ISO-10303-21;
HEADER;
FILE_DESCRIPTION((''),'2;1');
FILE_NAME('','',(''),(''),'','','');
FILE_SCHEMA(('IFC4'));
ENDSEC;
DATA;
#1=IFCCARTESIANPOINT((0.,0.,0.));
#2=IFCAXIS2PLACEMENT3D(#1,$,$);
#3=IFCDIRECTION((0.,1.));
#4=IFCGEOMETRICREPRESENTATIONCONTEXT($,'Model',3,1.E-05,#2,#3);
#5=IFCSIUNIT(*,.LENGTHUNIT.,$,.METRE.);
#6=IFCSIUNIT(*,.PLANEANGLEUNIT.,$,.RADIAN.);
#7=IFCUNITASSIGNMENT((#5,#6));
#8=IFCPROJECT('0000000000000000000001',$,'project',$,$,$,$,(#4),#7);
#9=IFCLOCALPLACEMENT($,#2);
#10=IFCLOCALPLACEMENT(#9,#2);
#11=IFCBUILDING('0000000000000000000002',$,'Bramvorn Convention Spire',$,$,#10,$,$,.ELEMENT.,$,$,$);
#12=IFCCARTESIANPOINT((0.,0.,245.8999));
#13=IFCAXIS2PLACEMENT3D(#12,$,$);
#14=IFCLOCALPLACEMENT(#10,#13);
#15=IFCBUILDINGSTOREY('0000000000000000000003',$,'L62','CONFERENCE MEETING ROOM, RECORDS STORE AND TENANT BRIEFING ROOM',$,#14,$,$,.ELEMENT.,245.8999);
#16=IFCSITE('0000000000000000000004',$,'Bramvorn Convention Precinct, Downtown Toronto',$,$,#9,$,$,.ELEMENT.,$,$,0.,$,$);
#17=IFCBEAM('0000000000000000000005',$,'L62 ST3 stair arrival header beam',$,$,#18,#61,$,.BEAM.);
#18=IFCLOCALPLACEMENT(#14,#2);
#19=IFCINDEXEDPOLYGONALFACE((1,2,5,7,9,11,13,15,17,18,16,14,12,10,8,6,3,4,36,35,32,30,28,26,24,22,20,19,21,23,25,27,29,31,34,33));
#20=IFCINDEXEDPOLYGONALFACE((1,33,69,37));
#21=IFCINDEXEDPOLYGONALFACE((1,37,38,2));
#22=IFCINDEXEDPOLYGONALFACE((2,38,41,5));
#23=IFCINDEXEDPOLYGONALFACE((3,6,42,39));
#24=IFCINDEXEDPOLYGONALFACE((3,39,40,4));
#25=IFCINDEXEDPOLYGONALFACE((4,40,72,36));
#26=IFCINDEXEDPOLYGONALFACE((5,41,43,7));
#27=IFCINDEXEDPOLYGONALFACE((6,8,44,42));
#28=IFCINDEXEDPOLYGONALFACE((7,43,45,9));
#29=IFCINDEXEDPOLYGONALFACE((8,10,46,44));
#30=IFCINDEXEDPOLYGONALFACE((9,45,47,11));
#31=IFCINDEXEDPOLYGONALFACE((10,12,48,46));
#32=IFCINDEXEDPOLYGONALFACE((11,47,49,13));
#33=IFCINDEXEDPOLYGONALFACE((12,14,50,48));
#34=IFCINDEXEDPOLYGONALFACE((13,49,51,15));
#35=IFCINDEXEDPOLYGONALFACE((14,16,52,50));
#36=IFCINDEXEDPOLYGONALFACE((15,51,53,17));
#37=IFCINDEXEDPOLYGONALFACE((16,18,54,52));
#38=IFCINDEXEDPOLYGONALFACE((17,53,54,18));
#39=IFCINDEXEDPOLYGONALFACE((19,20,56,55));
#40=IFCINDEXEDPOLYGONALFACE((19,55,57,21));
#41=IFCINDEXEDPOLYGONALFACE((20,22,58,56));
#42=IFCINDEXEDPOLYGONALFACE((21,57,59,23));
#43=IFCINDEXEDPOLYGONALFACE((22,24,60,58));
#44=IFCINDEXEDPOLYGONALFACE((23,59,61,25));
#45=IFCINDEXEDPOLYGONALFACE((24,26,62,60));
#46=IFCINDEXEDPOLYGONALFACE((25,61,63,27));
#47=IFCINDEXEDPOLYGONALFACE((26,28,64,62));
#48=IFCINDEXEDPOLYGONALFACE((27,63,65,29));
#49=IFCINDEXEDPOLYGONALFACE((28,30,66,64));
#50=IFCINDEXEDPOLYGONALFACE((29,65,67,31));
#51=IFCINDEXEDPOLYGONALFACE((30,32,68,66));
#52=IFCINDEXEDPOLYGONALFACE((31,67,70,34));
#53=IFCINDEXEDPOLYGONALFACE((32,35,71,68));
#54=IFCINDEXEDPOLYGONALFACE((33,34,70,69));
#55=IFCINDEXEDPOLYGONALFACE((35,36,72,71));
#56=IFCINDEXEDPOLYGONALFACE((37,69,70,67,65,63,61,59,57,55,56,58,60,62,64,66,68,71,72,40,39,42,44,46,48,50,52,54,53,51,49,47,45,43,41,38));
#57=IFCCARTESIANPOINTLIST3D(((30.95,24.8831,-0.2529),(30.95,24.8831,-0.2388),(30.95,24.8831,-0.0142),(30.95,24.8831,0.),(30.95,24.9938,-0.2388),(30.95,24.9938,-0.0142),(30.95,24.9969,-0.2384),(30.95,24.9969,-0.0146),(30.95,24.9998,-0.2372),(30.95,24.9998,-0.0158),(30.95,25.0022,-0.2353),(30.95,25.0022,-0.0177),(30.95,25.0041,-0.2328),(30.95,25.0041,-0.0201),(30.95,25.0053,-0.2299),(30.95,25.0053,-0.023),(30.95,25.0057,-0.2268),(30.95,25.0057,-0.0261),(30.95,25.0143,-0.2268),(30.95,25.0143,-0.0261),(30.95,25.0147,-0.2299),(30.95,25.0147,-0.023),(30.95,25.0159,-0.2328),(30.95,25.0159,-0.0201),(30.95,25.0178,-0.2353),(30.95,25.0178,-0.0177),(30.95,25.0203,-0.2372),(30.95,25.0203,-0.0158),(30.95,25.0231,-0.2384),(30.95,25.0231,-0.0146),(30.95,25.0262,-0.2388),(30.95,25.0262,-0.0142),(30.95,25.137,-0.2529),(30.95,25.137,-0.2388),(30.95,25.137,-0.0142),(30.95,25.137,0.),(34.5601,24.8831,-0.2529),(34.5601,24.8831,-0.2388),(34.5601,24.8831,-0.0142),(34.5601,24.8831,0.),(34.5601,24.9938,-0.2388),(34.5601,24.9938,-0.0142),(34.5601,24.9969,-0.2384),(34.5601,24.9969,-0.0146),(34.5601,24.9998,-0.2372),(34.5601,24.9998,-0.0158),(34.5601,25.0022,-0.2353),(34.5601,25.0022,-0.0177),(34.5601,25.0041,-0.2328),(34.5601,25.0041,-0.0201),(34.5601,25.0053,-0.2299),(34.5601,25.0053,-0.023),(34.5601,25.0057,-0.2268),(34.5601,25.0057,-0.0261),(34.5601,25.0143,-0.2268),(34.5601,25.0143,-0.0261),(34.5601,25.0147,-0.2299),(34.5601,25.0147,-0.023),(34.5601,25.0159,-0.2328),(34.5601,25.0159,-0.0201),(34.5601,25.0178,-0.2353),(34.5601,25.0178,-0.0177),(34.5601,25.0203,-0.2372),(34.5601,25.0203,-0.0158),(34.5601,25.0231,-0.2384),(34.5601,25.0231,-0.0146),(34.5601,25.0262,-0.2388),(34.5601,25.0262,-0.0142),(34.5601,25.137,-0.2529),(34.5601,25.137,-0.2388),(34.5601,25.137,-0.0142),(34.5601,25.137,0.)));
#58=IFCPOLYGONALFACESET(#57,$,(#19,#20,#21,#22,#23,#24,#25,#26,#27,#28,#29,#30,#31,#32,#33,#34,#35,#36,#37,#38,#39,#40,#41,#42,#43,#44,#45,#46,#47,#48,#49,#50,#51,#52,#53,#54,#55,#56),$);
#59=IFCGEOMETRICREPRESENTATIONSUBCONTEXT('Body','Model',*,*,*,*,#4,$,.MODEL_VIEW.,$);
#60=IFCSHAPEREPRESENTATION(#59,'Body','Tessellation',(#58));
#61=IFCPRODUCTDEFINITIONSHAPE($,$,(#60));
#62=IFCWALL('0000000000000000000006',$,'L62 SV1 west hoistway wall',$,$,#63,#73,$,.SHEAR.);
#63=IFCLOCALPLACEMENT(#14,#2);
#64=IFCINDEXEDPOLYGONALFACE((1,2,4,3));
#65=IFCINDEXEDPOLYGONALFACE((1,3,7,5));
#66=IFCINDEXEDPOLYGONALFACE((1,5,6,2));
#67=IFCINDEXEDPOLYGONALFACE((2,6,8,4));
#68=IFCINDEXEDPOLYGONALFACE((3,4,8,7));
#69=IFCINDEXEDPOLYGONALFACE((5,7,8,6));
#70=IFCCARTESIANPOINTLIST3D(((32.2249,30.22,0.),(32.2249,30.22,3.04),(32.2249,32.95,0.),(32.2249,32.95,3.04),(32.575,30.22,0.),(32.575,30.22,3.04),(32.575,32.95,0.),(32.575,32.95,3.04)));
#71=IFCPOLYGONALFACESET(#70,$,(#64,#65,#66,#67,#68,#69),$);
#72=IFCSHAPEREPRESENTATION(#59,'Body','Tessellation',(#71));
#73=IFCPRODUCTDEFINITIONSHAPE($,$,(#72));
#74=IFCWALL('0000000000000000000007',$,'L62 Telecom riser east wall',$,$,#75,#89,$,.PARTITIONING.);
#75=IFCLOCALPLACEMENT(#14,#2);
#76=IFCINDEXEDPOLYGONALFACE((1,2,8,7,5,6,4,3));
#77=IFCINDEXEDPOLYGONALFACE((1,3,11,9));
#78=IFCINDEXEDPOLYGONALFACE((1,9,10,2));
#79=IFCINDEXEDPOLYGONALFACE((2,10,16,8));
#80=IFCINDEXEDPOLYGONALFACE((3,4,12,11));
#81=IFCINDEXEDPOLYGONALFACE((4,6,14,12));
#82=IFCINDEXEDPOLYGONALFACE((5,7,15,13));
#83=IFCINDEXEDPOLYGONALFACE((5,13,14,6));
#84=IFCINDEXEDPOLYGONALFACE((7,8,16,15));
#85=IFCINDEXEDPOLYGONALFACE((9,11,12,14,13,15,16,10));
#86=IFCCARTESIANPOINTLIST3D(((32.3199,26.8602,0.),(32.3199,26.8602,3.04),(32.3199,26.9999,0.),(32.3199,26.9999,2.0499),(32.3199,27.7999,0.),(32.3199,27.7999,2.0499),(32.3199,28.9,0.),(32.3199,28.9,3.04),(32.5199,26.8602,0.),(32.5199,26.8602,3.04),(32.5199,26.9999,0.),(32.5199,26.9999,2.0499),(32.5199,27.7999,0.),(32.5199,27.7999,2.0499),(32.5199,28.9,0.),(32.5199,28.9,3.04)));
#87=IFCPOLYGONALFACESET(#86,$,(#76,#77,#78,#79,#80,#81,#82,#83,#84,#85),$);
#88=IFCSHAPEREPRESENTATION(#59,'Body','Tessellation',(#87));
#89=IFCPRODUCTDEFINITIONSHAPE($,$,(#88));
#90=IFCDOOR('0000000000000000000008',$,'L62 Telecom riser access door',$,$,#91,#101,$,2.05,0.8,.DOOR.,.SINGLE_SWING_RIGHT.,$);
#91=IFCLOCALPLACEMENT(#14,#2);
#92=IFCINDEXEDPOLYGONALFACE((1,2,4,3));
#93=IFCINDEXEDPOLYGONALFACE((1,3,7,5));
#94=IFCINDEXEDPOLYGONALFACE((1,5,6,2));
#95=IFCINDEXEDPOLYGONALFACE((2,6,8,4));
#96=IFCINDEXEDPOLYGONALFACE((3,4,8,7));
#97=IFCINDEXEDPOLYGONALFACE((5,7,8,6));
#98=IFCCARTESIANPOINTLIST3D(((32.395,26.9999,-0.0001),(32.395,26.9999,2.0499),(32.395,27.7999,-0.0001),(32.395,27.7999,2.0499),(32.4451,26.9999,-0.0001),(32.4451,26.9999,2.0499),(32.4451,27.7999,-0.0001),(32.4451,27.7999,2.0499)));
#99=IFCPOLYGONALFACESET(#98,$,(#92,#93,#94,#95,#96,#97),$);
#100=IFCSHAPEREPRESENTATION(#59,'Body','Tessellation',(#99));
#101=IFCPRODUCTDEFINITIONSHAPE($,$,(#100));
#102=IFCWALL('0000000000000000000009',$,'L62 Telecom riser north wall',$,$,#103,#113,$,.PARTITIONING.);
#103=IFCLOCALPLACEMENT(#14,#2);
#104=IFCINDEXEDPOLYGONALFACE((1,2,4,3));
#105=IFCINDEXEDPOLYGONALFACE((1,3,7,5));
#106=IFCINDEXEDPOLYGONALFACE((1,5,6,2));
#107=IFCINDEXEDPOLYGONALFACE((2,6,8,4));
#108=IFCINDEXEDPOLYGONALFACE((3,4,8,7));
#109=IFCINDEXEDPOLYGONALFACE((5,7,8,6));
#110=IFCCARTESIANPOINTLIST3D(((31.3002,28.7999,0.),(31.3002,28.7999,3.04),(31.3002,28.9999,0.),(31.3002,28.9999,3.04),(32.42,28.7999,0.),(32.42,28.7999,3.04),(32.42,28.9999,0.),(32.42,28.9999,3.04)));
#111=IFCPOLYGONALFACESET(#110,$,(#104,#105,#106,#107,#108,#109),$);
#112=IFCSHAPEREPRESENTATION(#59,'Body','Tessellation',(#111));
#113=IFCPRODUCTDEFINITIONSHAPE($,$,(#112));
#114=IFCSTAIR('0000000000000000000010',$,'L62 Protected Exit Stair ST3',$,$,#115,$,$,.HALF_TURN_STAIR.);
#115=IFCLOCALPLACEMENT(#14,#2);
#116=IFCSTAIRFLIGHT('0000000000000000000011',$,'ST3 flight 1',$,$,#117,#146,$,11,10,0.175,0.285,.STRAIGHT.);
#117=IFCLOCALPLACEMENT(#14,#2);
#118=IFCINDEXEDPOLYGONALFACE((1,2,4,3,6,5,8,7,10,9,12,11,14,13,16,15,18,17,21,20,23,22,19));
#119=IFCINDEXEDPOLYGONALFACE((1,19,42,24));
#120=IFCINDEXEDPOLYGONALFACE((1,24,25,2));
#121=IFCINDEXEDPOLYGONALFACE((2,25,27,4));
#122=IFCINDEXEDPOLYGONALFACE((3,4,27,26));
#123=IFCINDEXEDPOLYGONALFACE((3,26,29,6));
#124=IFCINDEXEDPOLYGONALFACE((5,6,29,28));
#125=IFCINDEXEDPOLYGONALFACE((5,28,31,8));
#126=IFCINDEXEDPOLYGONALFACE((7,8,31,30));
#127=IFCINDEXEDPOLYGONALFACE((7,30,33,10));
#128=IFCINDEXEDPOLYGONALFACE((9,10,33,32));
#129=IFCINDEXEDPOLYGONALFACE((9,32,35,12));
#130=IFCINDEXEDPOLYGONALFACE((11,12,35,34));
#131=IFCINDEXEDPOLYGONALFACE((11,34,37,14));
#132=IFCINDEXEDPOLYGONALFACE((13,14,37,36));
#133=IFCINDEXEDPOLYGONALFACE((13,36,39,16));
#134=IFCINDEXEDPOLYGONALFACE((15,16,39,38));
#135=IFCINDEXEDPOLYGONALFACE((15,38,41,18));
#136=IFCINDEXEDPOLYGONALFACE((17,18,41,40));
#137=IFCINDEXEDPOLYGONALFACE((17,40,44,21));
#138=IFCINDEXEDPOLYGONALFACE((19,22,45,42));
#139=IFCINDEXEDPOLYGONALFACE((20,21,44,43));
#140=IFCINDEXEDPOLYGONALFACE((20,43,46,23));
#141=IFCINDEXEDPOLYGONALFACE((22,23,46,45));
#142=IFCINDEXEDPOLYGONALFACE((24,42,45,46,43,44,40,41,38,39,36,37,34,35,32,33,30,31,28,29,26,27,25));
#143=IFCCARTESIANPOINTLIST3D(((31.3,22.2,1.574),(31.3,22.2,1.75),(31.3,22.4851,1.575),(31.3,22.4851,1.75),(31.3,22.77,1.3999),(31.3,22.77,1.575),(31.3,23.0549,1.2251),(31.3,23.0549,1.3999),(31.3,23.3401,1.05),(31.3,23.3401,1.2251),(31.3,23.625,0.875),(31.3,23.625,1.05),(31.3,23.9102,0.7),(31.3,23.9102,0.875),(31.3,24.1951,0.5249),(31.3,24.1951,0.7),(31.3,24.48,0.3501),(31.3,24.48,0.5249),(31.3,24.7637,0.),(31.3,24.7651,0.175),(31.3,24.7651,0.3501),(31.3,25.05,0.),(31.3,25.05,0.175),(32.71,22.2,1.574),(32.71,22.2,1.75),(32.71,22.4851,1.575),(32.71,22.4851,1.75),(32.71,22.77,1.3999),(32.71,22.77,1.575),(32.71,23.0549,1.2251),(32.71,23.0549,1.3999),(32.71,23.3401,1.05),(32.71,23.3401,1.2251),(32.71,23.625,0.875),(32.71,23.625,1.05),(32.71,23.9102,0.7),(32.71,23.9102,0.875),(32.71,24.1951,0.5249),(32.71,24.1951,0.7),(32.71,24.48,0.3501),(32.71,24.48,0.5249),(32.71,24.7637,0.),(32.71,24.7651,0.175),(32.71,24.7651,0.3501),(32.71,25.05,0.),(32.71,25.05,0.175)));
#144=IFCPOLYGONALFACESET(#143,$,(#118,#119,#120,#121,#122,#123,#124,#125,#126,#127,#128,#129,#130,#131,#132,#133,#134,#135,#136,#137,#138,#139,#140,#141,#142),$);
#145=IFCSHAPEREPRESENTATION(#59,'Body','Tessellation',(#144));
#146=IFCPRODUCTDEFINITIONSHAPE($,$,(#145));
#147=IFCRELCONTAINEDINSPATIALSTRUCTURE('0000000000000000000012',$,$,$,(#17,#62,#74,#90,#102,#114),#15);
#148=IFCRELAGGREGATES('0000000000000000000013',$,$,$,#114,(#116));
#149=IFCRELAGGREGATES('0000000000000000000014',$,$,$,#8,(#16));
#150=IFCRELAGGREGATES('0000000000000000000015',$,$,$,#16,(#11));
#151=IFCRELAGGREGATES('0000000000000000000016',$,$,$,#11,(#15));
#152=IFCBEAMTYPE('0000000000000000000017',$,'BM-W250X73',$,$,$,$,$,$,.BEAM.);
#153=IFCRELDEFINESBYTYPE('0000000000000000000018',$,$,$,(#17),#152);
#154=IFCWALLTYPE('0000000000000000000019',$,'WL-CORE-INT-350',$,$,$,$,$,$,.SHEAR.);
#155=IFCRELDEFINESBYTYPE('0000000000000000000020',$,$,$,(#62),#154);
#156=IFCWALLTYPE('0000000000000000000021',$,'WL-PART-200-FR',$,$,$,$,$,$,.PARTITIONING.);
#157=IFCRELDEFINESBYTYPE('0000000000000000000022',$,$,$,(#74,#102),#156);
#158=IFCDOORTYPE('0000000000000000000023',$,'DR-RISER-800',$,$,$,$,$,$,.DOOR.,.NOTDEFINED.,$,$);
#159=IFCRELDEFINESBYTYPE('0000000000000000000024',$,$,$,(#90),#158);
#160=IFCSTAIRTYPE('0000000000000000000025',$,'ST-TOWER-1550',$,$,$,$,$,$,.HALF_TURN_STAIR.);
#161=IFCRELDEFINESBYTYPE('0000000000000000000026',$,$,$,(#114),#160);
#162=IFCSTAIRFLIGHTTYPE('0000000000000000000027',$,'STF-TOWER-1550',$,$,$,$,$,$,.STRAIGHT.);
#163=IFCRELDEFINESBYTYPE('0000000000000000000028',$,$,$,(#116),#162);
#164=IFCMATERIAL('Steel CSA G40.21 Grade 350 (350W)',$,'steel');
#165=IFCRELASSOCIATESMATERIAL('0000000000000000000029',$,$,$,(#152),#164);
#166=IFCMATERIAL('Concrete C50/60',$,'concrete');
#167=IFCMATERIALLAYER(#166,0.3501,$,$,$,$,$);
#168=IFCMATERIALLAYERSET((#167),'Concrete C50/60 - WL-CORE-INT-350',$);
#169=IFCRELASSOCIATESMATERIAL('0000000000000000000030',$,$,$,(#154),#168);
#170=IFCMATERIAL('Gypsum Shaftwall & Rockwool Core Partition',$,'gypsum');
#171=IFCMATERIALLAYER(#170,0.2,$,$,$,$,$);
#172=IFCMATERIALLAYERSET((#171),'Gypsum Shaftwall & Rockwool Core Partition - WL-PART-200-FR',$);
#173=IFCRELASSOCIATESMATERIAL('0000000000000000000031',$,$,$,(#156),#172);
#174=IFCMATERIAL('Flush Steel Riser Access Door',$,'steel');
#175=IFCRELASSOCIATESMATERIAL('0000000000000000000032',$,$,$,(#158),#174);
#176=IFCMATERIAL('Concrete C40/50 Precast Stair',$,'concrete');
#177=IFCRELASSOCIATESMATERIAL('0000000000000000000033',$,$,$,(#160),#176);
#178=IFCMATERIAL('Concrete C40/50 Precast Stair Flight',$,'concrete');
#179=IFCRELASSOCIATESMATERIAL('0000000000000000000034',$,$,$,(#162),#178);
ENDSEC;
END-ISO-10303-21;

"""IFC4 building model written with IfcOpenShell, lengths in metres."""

from ifc_helpers import new_model, si_unit, direction, frame, frame_2d, origin, origin_2d, place, context, subcontext, project, spatial, polyline, rectangle, i_section, outline, extrude, material, layer, layer_set, material_profile, profile_set, type_object, element, fill, aggregate, save


model = new_model("IFC4")

# Units and contexts
model_context = context("Model", 3, precision=1e-05, world=origin(), true_north=direction((0.0, 1.0)))
body_context = subcontext(model_context, "Body", "Model", "MODEL_VIEW")
ifc_project = project(units=[si_unit("LENGTHUNIT", "METRE"), si_unit("PLANEANGLEUNIT", "RADIAN")], contexts=[model_context])

# Site, building, storey
site_placement = place(None, origin())
site = spatial("IfcSite", under=ifc_project, at=site_placement, Name="Bramvorn Convention Precinct, Downtown Toronto", CompositionType="ELEMENT", RefElevation=0.0)
building_placement = place(site_placement, origin())
building = spatial("IfcBuilding", under=site, at=building_placement, Name="Bramvorn Convention Spire", CompositionType="ELEMENT")
storey_placement = place(building_placement, frame((0.0, 0.0, 245.8999)))
storey = spatial("IfcBuildingStorey", under=building, at=storey_placement, Name="L62", Description="CONFERENCE MEETING ROOM, RECORDS STORE AND TENANT BRIEFING ROOM", CompositionType="ELEMENT", Elevation=245.8999)

# Beam
ifc_material_1 = material(Name="Steel CSA G40.21 Grade 350 (350W)", Category="steel")
ifc_material_profile = material_profile(ifc_material_1, i_section(OverallWidth=0.2539, OverallDepth=0.2529, WebThickness=0.0085, FlangeThickness=0.0142, FilletRadius=0.012, at=origin_2d()))
ifc_profile_set = profile_set([ifc_material_profile], Name="Steel CSA G40.21 Grade 350 (350W) - W250X73")
beam_type = type_object("IfcBeamType", Name="BM-W250X73", PredefinedType="BEAM", material=ifc_profile_set)
beam_placement = place(storey_placement, frame((30.95, 25.01, -0.1265), z_axis=(1.0, 0.0, 0.0), x_axis=(0.0, 1.0, 0.0)))
element("IfcBeam", 1, at=beam_placement, inside=storey, type_object=beam_type, Name="L62 ST3 stair arrival header beam", PredefinedType="BEAM", context=body_context, shape_type="SweptSolid", body=[
    extrude(i_section(OverallWidth=0.2539, OverallDepth=0.2529, WebThickness=0.0085, FlangeThickness=0.0142, FilletRadius=0.012, at=origin_2d()), origin(), (0.0, 0.0, 1.0), 3.6101),
])

# Shared definitions
ifc_material_2 = material(Name="Concrete C50/60", Category="concrete")
ifc_layer_1 = layer(ifc_material_2, 0.3501)
ifc_layer_set_1 = layer_set([ifc_layer_1], Name="Concrete C50/60 - WL-CORE-INT-350")
wall_type_1 = type_object("IfcWallType", Name="WL-CORE-INT-350", PredefinedType="SHEAR", material=ifc_layer_set_1)

# Wall
wall_1_placement = place(storey_placement, frame((32.3999, 30.22, 0.0), z_axis=(0.0, 0.0, 1.0), x_axis=(0.0, 1.0, 0.0)))
element("IfcWall", 2, at=wall_1_placement, inside=storey, type_object=wall_type_1, Name="L62 SV1 west hoistway wall", PredefinedType="SHEAR", context=body_context, shape_type="SweptSolid", body=[
    extrude(rectangle(XDim=2.73, YDim=0.3501, at=frame_2d((1.365, 0.0))), origin(), (0.0, 0.0, 1.0), 3.04),
])

# Wall, opening, door
ifc_material_3 = material(Name="Gypsum Shaftwall & Rockwool Core Partition", Category="gypsum")
ifc_layer_2 = layer(ifc_material_3, 0.2)
ifc_layer_set_2 = layer_set([ifc_layer_2], Name="Gypsum Shaftwall & Rockwool Core Partition - WL-PART-200-FR")
wall_type_2 = type_object("IfcWallType", Name="WL-PART-200-FR", PredefinedType="PARTITIONING", material=ifc_layer_set_2)
wall_2_placement = place(storey_placement, frame((32.4199, 26.8601, 0.0), z_axis=(0.0, 0.0, 1.0), x_axis=(0.0, 1.0, 0.0)))
wall_2 = element("IfcWall", 3, at=wall_2_placement, inside=storey, type_object=wall_type_2, Name="L62 Telecom riser east wall", PredefinedType="PARTITIONING", context=body_context, shape_type="SweptSolid", body=[
    extrude(rectangle(XDim=2.0398, YDim=0.2, at=frame_2d((1.02, 0.0))), origin(), (0.0, 0.0, 1.0), 3.04),
])
opening_1_placement = place(wall_2_placement, frame((0.1399, 0.0, 0.0)))
opening_1 = element("IfcOpeningElement", 4, at=opening_1_placement, cuts=wall_2, PredefinedType="OPENING", context=body_context, shape_type="SweptSolid", body=[
    extrude(rectangle(XDim=0.8, YDim=2.05, at=frame_2d((0.3999, 1.0249))), frame((0.0, 0.1099, 0.0), z_axis=(0.0, -1.0, 0.0), x_axis=(1.0, 0.0, 0.0)), (0.0, 0.0, 1.0), 0.22),
])
ifc_material_4 = material(Name="Flush Steel Riser Access Door", Category="steel")
door_type_1 = type_object("IfcDoorType", Name="DR-RISER-800", OperationType="NOTDEFINED", PredefinedType="DOOR", material=ifc_material_4)
door_1_placement = place(opening_1_placement, origin())
door_1 = element("IfcDoor", 5, at=door_1_placement, inside=storey, type_object=door_type_1, Name="L62 Telecom riser access door", OperationType="SINGLE_SWING_RIGHT", OverallHeight=2.05, OverallWidth=0.8, PredefinedType="DOOR", context=body_context, shape_type="SweptSolid", body=[
    extrude(rectangle(XDim=0.8, YDim=2.05, at=frame_2d((0.3999, 1.0249))), frame((0.0, 0.0249, 0.0), z_axis=(0.0, -1.0, 0.0), x_axis=(1.0, 0.0, 0.0)), (0.0, 0.0, 1.0), 0.05),
])
fill(opening_1, door_1)

# Wall
wall_3_placement = place(storey_placement, frame((31.3, 28.8999, 0.0), z_axis=(0.0, 0.0, 1.0), x_axis=(1.0, 0.0, 0.0)))
element("IfcWall", 6, at=wall_3_placement, inside=storey, type_object=wall_type_2, Name="L62 Telecom riser north wall", PredefinedType="PARTITIONING", context=body_context, shape_type="SweptSolid", body=[
    extrude(rectangle(XDim=1.1199, YDim=0.2, at=frame_2d((0.5601, 0.0))), origin(), (0.0, 0.0, 1.0), 3.04),
])

# Stair, stair flight
ifc_material_5 = material(Name="Concrete C40/50 Precast Stair", Category="concrete")
stair_type = type_object("IfcStairType", Name="ST-TOWER-1550", PredefinedType="HALF_TURN_STAIR", material=ifc_material_5)
stair_placement = place(storey_placement, origin())
stair = element("IfcStair", 7, at=stair_placement, inside=storey, type_object=stair_type, Name="L62 Protected Exit Stair ST3", PredefinedType="HALF_TURN_STAIR")
ifc_material_6 = material(Name="Concrete C40/50 Precast Stair Flight", Category="concrete")
stair_flight_type = type_object("IfcStairFlightType", Name="STF-TOWER-1550", PredefinedType="STRAIGHT", material=ifc_material_6)
stair_flight_placement = place(storey_placement, frame((32.0049, 25.05, 0.0), z_axis=(0.0, 0.0, 1.0), x_axis=(0.0, -1.0, 0.0)))
stair_flight = element("IfcStairFlight", 8, at=stair_flight_placement, type_object=stair_flight_type, Name="ST3 flight 1", NumberOfRisers=11, NumberOfTreads=10, PredefinedType="STRAIGHT", RiserHeight=0.175, TreadLength=0.285, context=body_context, shape_type="SweptSolid", body=[
    extrude(outline(polyline([(0.0, 0.0), (0.0, 0.175), (0.2849, 0.175), (0.2849, 0.3501), (0.5701, 0.3501), (0.5701, 0.5249), (0.855, 0.5249), (0.855, 0.7), (1.1399, 0.7), (1.1399, 0.875), (1.425, 0.875), (1.425, 1.05), (1.71, 1.05), (1.71, 1.2251), (1.9951, 1.2251), (1.9951, 1.3999), (2.28, 1.3999), (2.28, 1.575), (2.5649, 1.575), (2.5649, 1.75), (2.8501, 1.75), (2.8501, 1.925), (2.8501, 1.574), (0.2864, 0.0), (0.0, 0.0)])), frame((0.0, 0.7051, 0.0), z_axis=(0.0, -1.0, 0.0), x_axis=(1.0, 0.0, 0.0)), (0.0, 0.0, 1.0), 1.4099),
])
aggregate(stair, [stair_flight])

save(model, "model.ifc")
